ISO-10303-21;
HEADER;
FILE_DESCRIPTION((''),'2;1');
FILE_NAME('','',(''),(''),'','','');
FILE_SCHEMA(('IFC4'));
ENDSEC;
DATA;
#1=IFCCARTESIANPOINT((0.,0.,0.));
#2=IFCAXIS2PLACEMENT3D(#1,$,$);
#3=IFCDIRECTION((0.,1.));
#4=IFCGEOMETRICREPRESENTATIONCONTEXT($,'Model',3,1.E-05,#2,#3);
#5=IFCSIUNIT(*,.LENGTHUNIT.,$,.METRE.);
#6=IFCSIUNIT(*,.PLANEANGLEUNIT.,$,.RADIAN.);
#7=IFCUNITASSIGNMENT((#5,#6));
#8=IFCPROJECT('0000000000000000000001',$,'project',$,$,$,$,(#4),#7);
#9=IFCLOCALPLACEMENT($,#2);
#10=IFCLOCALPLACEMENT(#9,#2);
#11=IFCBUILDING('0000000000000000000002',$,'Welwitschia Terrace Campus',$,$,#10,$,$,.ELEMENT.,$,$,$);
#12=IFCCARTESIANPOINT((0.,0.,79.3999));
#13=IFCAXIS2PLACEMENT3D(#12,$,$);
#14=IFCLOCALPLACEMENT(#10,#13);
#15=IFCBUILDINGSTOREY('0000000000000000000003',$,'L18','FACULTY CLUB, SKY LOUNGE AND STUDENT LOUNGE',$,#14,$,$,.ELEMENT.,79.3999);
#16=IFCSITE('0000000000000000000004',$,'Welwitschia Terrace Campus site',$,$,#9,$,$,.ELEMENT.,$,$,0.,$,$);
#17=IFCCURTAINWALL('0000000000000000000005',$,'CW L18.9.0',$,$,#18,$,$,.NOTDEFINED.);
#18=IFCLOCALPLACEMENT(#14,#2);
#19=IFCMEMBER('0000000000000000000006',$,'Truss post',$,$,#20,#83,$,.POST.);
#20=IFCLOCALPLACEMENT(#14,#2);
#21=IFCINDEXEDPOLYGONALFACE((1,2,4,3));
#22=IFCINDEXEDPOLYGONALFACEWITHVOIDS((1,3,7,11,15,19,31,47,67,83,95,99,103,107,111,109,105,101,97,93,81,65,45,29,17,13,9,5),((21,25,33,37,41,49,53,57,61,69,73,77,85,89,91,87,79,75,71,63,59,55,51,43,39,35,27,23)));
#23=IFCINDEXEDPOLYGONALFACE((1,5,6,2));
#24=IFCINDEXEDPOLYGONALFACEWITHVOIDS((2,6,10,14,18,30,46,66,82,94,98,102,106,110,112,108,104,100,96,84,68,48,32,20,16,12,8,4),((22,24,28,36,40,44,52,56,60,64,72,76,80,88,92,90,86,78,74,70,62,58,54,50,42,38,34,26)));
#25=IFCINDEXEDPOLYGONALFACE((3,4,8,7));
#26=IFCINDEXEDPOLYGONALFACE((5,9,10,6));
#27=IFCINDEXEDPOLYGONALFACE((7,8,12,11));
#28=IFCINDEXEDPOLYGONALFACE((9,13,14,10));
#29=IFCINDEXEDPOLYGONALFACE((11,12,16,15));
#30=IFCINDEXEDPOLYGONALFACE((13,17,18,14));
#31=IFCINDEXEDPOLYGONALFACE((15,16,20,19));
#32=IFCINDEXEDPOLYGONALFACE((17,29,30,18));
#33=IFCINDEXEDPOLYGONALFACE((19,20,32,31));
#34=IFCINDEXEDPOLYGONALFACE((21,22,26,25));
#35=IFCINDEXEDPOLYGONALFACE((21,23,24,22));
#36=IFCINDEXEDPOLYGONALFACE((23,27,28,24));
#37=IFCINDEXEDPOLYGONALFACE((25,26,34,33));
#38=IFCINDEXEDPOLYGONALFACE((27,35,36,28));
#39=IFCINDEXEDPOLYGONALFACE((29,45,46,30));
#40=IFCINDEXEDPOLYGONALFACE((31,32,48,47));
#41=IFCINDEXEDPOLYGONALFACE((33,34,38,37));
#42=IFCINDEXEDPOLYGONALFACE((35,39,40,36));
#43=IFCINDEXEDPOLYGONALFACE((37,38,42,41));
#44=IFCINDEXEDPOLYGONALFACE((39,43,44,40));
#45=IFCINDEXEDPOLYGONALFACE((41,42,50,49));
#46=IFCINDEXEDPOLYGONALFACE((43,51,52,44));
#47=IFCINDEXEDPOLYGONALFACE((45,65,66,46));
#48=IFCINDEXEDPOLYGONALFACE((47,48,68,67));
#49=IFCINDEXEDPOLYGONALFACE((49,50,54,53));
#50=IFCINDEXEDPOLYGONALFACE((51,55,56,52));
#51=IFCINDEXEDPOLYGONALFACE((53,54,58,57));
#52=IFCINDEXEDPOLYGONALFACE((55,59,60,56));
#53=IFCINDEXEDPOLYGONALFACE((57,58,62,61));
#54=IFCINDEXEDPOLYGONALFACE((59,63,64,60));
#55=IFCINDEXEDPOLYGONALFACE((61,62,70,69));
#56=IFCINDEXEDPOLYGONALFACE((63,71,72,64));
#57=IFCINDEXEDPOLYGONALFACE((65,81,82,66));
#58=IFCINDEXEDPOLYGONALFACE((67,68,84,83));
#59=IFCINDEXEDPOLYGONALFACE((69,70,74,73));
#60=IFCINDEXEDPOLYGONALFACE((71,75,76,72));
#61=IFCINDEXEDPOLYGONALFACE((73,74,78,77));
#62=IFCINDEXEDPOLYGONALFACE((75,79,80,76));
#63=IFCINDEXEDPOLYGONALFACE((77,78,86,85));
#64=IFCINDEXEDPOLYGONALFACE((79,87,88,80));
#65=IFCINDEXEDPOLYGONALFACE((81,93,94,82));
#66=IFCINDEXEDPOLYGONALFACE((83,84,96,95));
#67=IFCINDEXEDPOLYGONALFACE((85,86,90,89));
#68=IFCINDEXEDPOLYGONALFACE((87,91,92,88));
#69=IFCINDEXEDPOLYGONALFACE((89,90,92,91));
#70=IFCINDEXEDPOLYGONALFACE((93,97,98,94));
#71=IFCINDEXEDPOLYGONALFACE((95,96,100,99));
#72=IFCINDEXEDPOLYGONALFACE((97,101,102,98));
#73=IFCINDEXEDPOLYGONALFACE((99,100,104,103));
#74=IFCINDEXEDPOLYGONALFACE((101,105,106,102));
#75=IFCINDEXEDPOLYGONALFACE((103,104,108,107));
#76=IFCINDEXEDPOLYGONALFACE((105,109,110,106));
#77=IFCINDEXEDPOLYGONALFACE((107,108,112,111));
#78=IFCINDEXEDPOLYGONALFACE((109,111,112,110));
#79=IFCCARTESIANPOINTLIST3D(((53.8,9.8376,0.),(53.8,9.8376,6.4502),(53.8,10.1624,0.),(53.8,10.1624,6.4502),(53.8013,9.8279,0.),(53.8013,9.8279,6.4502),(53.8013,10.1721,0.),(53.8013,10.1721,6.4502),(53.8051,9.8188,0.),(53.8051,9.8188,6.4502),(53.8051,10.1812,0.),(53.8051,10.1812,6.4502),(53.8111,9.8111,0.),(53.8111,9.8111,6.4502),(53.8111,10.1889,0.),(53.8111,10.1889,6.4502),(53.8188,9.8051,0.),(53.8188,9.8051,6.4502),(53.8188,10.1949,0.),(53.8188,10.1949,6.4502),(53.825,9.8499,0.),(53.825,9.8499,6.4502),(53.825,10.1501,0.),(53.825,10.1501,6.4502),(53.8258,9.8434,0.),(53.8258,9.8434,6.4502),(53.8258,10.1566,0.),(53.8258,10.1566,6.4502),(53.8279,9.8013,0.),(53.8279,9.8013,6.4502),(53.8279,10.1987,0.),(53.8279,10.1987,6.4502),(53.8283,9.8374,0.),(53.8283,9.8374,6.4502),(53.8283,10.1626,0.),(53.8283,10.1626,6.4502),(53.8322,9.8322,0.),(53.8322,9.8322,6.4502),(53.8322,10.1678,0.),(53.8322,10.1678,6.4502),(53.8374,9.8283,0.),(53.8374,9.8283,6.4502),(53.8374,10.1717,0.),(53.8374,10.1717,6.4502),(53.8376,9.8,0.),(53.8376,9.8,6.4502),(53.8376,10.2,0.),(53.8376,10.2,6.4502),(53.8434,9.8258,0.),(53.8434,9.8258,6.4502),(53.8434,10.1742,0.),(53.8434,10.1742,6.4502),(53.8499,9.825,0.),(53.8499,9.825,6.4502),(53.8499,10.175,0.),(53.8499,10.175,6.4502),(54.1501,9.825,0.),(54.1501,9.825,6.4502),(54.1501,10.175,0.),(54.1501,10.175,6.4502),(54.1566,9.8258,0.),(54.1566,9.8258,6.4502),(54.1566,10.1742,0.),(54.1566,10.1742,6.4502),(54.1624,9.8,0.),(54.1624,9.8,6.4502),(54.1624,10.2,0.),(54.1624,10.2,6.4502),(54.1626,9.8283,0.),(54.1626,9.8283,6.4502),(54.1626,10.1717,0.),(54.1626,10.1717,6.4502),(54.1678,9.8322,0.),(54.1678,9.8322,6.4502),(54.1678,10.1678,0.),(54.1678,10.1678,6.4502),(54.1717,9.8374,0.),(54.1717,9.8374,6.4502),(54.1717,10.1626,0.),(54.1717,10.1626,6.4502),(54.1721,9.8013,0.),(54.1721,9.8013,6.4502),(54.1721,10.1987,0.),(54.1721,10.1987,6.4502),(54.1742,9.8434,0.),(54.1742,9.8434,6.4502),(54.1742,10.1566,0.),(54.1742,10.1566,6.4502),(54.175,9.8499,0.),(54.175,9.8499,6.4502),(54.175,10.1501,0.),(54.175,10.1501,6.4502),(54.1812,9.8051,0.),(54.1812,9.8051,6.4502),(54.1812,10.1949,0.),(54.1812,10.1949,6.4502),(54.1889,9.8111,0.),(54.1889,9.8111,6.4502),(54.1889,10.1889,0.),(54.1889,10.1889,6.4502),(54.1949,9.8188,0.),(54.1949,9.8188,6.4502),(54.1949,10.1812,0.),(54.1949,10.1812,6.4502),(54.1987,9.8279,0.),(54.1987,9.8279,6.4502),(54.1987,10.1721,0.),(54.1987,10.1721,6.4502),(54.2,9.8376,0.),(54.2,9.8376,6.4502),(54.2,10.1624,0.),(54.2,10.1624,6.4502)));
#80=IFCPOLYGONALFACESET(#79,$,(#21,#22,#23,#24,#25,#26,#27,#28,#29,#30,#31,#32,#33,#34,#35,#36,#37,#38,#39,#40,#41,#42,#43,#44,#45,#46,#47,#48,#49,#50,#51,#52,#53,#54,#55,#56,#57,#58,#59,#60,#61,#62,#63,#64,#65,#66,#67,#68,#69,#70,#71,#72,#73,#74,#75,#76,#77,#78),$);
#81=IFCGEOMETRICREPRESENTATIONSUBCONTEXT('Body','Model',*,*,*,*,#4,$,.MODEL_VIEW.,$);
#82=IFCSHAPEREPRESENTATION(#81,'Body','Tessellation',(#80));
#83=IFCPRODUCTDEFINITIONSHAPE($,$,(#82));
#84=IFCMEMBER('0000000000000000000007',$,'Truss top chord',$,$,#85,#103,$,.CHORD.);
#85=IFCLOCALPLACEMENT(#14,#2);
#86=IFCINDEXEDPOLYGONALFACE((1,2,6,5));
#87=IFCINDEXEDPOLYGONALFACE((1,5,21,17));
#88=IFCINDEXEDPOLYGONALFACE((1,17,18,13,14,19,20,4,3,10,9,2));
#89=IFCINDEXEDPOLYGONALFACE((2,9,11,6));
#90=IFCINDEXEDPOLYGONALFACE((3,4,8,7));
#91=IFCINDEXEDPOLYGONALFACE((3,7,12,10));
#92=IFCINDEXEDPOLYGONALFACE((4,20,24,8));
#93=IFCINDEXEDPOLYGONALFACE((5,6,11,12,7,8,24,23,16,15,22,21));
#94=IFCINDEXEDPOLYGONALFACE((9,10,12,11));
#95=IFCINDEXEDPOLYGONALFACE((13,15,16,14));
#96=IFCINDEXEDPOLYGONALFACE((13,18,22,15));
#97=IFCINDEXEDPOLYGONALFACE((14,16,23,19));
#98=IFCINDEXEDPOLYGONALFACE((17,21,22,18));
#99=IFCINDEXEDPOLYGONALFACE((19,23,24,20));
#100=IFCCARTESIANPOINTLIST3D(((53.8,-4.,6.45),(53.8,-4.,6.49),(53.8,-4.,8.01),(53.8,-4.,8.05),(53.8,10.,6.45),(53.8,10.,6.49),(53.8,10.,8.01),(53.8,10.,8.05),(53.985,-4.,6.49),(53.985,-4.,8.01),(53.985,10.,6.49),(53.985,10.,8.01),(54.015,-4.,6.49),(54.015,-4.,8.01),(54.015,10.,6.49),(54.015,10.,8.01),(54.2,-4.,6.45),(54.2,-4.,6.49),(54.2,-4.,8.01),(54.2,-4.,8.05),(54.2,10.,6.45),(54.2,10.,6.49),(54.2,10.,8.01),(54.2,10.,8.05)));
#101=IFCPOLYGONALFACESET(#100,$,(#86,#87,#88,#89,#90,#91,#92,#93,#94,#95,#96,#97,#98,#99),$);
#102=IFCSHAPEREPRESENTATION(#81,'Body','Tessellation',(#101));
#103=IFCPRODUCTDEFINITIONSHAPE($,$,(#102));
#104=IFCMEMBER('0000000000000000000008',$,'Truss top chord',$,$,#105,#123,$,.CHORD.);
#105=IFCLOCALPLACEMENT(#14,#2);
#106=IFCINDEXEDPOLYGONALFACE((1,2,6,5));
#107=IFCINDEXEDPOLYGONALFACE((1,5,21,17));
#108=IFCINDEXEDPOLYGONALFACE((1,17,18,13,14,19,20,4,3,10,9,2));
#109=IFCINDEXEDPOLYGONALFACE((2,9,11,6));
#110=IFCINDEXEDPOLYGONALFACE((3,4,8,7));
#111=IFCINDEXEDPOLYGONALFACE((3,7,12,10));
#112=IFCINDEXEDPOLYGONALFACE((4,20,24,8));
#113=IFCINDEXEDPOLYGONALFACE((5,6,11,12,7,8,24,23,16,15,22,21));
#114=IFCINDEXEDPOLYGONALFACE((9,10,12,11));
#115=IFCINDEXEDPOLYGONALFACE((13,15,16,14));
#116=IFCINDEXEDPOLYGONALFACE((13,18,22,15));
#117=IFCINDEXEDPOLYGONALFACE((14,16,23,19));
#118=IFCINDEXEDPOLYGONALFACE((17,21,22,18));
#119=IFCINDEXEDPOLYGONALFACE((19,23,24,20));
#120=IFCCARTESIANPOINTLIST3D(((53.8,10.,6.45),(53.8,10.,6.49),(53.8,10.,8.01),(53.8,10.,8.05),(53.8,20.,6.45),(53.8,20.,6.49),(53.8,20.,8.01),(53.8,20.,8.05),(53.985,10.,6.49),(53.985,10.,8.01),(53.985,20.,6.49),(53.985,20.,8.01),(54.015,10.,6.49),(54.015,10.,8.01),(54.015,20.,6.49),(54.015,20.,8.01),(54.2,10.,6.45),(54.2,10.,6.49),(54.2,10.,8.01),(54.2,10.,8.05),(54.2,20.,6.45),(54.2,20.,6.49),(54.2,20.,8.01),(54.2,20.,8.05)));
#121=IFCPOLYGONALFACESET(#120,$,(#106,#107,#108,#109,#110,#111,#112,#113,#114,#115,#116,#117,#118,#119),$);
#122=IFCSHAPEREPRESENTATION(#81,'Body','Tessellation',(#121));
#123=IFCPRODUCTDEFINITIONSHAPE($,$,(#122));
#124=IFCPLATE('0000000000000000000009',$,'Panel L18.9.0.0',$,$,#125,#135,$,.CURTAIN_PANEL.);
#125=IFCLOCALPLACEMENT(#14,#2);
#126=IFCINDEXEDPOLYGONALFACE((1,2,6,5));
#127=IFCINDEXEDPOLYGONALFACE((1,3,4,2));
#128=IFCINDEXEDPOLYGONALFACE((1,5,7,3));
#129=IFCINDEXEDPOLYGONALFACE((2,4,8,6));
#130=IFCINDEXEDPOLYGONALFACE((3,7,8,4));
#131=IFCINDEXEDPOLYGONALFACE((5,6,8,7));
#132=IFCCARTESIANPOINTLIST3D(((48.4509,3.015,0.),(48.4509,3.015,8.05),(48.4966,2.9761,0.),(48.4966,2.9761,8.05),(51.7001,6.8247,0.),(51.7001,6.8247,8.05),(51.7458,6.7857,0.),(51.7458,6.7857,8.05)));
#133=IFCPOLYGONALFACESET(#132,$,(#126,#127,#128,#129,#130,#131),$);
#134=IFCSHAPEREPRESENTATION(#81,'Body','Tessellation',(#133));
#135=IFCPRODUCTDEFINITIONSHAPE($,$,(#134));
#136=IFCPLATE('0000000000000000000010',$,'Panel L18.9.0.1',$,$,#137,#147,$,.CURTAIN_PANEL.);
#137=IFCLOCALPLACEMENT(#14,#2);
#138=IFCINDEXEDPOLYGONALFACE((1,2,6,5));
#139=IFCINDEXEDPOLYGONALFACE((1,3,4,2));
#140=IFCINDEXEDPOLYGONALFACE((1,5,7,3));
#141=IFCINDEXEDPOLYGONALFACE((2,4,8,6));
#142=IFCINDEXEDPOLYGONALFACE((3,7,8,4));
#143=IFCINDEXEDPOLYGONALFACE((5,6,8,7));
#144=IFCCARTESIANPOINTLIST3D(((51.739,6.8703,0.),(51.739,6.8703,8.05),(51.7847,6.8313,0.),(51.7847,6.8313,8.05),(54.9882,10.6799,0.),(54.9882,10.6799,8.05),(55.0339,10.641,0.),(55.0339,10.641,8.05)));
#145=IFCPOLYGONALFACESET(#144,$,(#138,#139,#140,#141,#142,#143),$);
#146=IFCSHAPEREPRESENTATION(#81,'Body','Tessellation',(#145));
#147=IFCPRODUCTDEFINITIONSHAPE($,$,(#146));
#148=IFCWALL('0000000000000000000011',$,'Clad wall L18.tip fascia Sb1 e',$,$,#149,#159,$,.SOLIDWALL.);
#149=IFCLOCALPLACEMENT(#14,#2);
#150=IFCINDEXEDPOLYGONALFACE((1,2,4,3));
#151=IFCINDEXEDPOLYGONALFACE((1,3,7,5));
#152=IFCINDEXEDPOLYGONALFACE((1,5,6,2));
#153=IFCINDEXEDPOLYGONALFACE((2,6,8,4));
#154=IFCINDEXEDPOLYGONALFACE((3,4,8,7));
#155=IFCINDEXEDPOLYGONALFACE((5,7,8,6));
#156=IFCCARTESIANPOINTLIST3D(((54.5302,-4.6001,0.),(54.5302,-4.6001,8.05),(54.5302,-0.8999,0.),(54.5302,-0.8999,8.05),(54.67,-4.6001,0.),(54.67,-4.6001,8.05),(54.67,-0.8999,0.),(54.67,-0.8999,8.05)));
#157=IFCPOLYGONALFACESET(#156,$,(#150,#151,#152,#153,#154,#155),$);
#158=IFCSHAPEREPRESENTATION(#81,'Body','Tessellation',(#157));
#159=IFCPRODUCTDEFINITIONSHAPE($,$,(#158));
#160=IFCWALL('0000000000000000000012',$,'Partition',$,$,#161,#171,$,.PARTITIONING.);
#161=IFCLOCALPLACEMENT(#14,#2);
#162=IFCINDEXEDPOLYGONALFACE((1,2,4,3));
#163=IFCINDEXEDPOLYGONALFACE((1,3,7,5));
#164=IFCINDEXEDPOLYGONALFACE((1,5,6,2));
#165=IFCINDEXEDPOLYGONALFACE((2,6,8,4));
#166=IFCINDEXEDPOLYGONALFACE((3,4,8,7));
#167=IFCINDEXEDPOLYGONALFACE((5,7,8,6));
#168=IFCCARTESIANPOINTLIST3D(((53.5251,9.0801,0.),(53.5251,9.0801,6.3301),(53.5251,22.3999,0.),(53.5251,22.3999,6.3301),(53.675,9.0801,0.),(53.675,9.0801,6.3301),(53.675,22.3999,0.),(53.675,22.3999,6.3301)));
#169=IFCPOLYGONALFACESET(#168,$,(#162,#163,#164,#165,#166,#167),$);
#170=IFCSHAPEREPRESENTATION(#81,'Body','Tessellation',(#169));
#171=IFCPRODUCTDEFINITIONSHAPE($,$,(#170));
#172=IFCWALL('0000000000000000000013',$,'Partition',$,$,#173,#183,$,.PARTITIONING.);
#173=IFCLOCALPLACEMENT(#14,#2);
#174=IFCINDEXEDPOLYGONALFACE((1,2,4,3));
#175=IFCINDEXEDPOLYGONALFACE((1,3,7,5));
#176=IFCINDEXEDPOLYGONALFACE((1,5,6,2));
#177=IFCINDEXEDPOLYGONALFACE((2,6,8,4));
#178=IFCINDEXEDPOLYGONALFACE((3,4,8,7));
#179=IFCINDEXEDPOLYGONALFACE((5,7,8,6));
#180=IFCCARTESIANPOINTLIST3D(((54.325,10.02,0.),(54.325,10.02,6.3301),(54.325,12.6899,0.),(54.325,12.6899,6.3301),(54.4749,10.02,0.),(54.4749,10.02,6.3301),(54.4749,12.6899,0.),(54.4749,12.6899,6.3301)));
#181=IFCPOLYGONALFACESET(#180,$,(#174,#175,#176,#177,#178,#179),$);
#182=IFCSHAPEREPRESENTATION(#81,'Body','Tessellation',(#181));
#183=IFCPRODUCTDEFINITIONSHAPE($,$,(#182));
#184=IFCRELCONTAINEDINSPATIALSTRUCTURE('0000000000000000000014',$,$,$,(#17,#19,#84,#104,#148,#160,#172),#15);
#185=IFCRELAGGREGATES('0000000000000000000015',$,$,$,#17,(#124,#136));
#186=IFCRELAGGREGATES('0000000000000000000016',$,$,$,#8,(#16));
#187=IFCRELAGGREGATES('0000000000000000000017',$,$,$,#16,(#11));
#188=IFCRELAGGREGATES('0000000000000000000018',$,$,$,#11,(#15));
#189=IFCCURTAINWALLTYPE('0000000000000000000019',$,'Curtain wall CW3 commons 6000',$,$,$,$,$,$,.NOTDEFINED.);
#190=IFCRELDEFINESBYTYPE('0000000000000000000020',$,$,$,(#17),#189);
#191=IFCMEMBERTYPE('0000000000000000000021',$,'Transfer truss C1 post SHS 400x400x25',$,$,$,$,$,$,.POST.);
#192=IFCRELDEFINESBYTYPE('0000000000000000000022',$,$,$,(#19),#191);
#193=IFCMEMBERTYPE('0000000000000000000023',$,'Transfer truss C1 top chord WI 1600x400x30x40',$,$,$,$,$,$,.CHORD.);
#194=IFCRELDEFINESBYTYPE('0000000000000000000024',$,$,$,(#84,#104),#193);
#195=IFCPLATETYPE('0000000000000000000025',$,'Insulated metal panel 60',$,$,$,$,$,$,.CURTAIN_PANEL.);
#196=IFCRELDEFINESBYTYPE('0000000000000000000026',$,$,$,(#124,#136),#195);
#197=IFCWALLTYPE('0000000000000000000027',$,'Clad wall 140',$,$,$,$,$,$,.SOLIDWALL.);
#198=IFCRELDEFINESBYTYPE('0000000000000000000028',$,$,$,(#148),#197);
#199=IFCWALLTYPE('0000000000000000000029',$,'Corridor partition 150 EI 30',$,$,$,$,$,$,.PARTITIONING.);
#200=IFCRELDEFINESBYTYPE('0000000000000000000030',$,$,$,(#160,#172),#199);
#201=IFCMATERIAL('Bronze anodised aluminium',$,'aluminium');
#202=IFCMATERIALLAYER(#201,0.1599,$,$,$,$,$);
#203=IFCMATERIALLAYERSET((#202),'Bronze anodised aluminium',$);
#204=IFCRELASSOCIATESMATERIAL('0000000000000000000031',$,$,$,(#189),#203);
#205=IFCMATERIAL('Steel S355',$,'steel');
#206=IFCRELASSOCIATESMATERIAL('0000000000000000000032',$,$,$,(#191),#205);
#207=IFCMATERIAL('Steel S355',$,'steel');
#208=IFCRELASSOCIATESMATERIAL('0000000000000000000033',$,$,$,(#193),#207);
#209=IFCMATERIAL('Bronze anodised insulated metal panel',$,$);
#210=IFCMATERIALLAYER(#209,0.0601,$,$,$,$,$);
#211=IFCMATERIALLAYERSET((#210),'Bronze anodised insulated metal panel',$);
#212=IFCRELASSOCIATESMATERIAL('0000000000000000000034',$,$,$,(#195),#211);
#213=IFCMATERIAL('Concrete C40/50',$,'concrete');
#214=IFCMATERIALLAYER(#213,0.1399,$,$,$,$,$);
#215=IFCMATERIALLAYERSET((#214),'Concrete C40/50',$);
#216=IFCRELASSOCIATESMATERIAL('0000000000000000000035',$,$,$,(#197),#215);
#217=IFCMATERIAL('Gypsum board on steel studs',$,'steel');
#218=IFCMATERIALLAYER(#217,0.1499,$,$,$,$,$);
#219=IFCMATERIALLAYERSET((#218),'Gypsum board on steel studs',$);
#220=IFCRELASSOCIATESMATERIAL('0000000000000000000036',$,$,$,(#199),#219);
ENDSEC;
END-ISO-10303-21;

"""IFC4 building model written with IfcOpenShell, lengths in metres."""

from ifc_helpers import new_model, si_unit, direction, frame, frame_2d, origin, origin_2d, place, context, subcontext, project, spatial, rectangle, hollow_rectangle, i_section, extrude, material, layer, layer_set, material_profile, profile_set, type_object, element, aggregate, save


model = new_model("IFC4")

# Units and contexts
model_context = context("Model", 3, precision=1e-05, world=origin(), true_north=direction((0.0, 1.0)))
body_context = subcontext(model_context, "Body", "Model", "MODEL_VIEW")
ifc_project = project(units=[si_unit("LENGTHUNIT", "METRE"), si_unit("PLANEANGLEUNIT", "RADIAN")], contexts=[model_context])

# Site, building, storey
site_placement = place(None, origin())
site = spatial("IfcSite", under=ifc_project, at=site_placement, Name="Welwitschia Terrace Campus site", CompositionType="ELEMENT", RefElevation=0.0)
building_placement = place(site_placement, origin())
building = spatial("IfcBuilding", under=site, at=building_placement, Name="Welwitschia Terrace Campus", CompositionType="ELEMENT")
storey_placement = place(building_placement, frame((0.0, 0.0, 79.3999)))
storey = spatial("IfcBuildingStorey", under=building, at=storey_placement, Name="L18", Description="FACULTY CLUB, SKY LOUNGE AND STUDENT LOUNGE", CompositionType="ELEMENT", Elevation=79.3999)

# Shared definitions
ifc_material_1 = material(Name="Bronze anodised aluminium", Category="aluminium")
ifc_layer_1 = layer(ifc_material_1, 0.1599)
ifc_layer_set_1 = layer_set([ifc_layer_1], Name="Bronze anodised aluminium")
curtain_wall_type = type_object("IfcCurtainWallType", Name="Curtain wall CW3 commons 6000", PredefinedType="NOTDEFINED", material=ifc_layer_set_1)

# Curtain wall
curtain_wall_1_placement = place(storey_placement, origin())
curtain_wall_1 = element("IfcCurtainWall", 1, at=curtain_wall_1_placement, inside=storey, type_object=curtain_wall_type, Name="CW L18.9.0", PredefinedType="NOTDEFINED")

# Members
ifc_material_2 = material(Name="Steel S355", Category="steel")
ifc_material_profile_1 = material_profile(ifc_material_2, hollow_rectangle(XDim=0.3999, YDim=0.3999, WallThickness=0.0249, InnerFilletRadius=0.0249, OuterFilletRadius=0.0376, at=origin_2d()))
ifc_profile_set_1 = profile_set([ifc_material_profile_1], Name="Steel S355")
member_type_1 = type_object("IfcMemberType", Name="Transfer truss C1 post SHS 400x400x25", PredefinedType="POST", material=ifc_profile_set_1)
for number, where, z_axis, x_axis, name in (
    (2, (54.0, 10.0, 0.0), (0.0, 0.0, 1.0), (1.0, 0.0, 0.0), "Truss post"),
):
    element("IfcMember", number, at=place(storey_placement, frame(where, z_axis=z_axis, x_axis=x_axis)), inside=storey, type_object=member_type_1, Name=name, PredefinedType="POST", context=body_context, shape_type="SweptSolid", body=[
        extrude(hollow_rectangle(XDim=0.3999, YDim=0.3999, WallThickness=0.0249, InnerFilletRadius=0.0249, OuterFilletRadius=0.0376, at=origin_2d()), origin(), (0.0, 0.0, 1.0), 6.4502),
    ])
ifc_material_3 = material(Name="Steel S355", Category="steel")
ifc_material_profile_2 = material_profile(ifc_material_3, i_section(OverallWidth=0.3999, OverallDepth=1.6001, WebThickness=0.03, FlangeThickness=0.04, at=origin_2d()))
ifc_profile_set_2 = profile_set([ifc_material_profile_2], Name="Steel S355")
member_type_2 = type_object("IfcMemberType", Name="Transfer truss C1 top chord WI 1600x400x30x40", PredefinedType="CHORD", material=ifc_profile_set_2)
member_1_placement = place(storey_placement, frame((54.0, -4.0, 7.25), z_axis=(0.0, 1.0, 0.0), x_axis=(-1.0, 0.0, 0.0)))
element("IfcMember", 3, at=member_1_placement, inside=storey, type_object=member_type_2, Name="Truss top chord", PredefinedType="CHORD", context=body_context, shape_type="SweptSolid", body=[
    extrude(i_section(OverallWidth=0.3999, OverallDepth=1.6001, WebThickness=0.03, FlangeThickness=0.04, at=origin_2d()), origin(), (0.0, 0.0, 1.0), 14.0),
])
member_2_placement = place(storey_placement, frame((54.0, 10.0, 7.25), z_axis=(0.0, 1.0, 0.0), x_axis=(-1.0, 0.0, 0.0)))
element("IfcMember", 4, at=member_2_placement, inside=storey, type_object=member_type_2, Name="Truss top chord", PredefinedType="CHORD", context=body_context, shape_type="SweptSolid", body=[
    extrude(i_section(OverallWidth=0.3999, OverallDepth=1.6001, WebThickness=0.03, FlangeThickness=0.04, at=origin_2d()), origin(), (0.0, 0.0, 1.0), 10.0),
])

# Plates
ifc_material_4 = material(Name="Bronze anodised insulated metal panel")
ifc_layer_2 = layer(ifc_material_4, 0.0601)
ifc_layer_set_2 = layer_set([ifc_layer_2], Name="Bronze anodised insulated metal panel")
plate_type = type_object("IfcPlateType", Name="Insulated metal panel 60", PredefinedType="CURTAIN_PANEL", material=ifc_layer_set_2)
plate_1_placement = place(storey_placement, frame((50.0984, 4.9004, 0.0), z_axis=(0.0, 0.0, 1.0), x_axis=(0.64892, 0.760856, 0.0)))
plate_1 = element("IfcPlate", 5, at=plate_1_placement, type_object=plate_type, Name="Panel L18.9.0.0", PredefinedType="CURTAIN_PANEL", context=body_context, shape_type="SweptSolid", body=[
    extrude(rectangle(XDim=5.0071, YDim=0.0601, at=origin_2d()), origin(), (0.0, 0.0, 1.0), 8.05),
])
plate_2_placement = place(storey_placement, frame((53.3865, 8.7556, 0.0), z_axis=(0.0, 0.0, 1.0), x_axis=(0.64892, 0.760856, 0.0)))
plate_2 = element("IfcPlate", 6, at=plate_2_placement, type_object=plate_type, Name="Panel L18.9.0.1", PredefinedType="CURTAIN_PANEL", context=body_context, shape_type="SweptSolid", body=[
    extrude(rectangle(XDim=5.0071, YDim=0.0601, at=origin_2d()), origin(), (0.0, 0.0, 1.0), 8.05),
])
aggregate(curtain_wall_1, [plate_1, plate_2])

# Walls
ifc_material_5 = material(Name="Concrete C40/50", Category="concrete")
ifc_layer_3 = layer(ifc_material_5, 0.1399)
ifc_layer_set_3 = layer_set([ifc_layer_3], Name="Concrete C40/50")
wall_type_1 = type_object("IfcWallType", Name="Clad wall 140", PredefinedType="SOLIDWALL", material=ifc_layer_set_3)
wall_1_placement = place(storey_placement, frame((54.6001, -0.8999, 0.0), z_axis=(0.0, 0.0, 1.0), x_axis=(0.0, -1.0, 0.0)))
element("IfcWall", 7, at=wall_1_placement, inside=storey, type_object=wall_type_1, Name="Clad wall L18.tip fascia Sb1 e", PredefinedType="SOLIDWALL", context=body_context, shape_type="SweptSolid", body=[
    extrude(rectangle(XDim=3.7002, YDim=0.1399, at=frame_2d((1.8501, 0.0))), origin(), (0.0, 0.0, 1.0), 8.05),
])
ifc_material_6 = material(Name="Gypsum board on steel studs", Category="steel")
ifc_layer_4 = layer(ifc_material_6, 0.1499)
ifc_layer_set_4 = layer_set([ifc_layer_4], Name="Gypsum board on steel studs")
wall_type_2 = type_object("IfcWallType", Name="Corridor partition 150 EI 30", PredefinedType="PARTITIONING", material=ifc_layer_set_4)
wall_2_placement = place(storey_placement, frame((53.6001, 9.0801, 0.0), z_axis=(0.0, 0.0, 1.0), x_axis=(0.0, 1.0, 0.0)))
element("IfcWall", 8, at=wall_2_placement, inside=storey, type_object=wall_type_2, Name="Partition", PredefinedType="PARTITIONING", context=body_context, shape_type="SweptSolid", body=[
    extrude(rectangle(XDim=13.3198, YDim=0.1499, at=frame_2d((6.6599, 0.0))), origin(), (0.0, 0.0, 1.0), 6.3301),
])
wall_3_placement = place(storey_placement, frame((54.3999, 10.02, 0.0), z_axis=(0.0, 0.0, 1.0), x_axis=(0.0, 1.0, 0.0)))
element("IfcWall", 9, at=wall_3_placement, inside=storey, type_object=wall_type_2, Name="Partition", PredefinedType="PARTITIONING", context=body_context, shape_type="SweptSolid", body=[
    extrude(rectangle(XDim=2.6699, YDim=0.1499, at=frame_2d((1.335, 0.0))), origin(), (0.0, 0.0, 1.0), 6.3301),
])

save(model, "model.ifc")
